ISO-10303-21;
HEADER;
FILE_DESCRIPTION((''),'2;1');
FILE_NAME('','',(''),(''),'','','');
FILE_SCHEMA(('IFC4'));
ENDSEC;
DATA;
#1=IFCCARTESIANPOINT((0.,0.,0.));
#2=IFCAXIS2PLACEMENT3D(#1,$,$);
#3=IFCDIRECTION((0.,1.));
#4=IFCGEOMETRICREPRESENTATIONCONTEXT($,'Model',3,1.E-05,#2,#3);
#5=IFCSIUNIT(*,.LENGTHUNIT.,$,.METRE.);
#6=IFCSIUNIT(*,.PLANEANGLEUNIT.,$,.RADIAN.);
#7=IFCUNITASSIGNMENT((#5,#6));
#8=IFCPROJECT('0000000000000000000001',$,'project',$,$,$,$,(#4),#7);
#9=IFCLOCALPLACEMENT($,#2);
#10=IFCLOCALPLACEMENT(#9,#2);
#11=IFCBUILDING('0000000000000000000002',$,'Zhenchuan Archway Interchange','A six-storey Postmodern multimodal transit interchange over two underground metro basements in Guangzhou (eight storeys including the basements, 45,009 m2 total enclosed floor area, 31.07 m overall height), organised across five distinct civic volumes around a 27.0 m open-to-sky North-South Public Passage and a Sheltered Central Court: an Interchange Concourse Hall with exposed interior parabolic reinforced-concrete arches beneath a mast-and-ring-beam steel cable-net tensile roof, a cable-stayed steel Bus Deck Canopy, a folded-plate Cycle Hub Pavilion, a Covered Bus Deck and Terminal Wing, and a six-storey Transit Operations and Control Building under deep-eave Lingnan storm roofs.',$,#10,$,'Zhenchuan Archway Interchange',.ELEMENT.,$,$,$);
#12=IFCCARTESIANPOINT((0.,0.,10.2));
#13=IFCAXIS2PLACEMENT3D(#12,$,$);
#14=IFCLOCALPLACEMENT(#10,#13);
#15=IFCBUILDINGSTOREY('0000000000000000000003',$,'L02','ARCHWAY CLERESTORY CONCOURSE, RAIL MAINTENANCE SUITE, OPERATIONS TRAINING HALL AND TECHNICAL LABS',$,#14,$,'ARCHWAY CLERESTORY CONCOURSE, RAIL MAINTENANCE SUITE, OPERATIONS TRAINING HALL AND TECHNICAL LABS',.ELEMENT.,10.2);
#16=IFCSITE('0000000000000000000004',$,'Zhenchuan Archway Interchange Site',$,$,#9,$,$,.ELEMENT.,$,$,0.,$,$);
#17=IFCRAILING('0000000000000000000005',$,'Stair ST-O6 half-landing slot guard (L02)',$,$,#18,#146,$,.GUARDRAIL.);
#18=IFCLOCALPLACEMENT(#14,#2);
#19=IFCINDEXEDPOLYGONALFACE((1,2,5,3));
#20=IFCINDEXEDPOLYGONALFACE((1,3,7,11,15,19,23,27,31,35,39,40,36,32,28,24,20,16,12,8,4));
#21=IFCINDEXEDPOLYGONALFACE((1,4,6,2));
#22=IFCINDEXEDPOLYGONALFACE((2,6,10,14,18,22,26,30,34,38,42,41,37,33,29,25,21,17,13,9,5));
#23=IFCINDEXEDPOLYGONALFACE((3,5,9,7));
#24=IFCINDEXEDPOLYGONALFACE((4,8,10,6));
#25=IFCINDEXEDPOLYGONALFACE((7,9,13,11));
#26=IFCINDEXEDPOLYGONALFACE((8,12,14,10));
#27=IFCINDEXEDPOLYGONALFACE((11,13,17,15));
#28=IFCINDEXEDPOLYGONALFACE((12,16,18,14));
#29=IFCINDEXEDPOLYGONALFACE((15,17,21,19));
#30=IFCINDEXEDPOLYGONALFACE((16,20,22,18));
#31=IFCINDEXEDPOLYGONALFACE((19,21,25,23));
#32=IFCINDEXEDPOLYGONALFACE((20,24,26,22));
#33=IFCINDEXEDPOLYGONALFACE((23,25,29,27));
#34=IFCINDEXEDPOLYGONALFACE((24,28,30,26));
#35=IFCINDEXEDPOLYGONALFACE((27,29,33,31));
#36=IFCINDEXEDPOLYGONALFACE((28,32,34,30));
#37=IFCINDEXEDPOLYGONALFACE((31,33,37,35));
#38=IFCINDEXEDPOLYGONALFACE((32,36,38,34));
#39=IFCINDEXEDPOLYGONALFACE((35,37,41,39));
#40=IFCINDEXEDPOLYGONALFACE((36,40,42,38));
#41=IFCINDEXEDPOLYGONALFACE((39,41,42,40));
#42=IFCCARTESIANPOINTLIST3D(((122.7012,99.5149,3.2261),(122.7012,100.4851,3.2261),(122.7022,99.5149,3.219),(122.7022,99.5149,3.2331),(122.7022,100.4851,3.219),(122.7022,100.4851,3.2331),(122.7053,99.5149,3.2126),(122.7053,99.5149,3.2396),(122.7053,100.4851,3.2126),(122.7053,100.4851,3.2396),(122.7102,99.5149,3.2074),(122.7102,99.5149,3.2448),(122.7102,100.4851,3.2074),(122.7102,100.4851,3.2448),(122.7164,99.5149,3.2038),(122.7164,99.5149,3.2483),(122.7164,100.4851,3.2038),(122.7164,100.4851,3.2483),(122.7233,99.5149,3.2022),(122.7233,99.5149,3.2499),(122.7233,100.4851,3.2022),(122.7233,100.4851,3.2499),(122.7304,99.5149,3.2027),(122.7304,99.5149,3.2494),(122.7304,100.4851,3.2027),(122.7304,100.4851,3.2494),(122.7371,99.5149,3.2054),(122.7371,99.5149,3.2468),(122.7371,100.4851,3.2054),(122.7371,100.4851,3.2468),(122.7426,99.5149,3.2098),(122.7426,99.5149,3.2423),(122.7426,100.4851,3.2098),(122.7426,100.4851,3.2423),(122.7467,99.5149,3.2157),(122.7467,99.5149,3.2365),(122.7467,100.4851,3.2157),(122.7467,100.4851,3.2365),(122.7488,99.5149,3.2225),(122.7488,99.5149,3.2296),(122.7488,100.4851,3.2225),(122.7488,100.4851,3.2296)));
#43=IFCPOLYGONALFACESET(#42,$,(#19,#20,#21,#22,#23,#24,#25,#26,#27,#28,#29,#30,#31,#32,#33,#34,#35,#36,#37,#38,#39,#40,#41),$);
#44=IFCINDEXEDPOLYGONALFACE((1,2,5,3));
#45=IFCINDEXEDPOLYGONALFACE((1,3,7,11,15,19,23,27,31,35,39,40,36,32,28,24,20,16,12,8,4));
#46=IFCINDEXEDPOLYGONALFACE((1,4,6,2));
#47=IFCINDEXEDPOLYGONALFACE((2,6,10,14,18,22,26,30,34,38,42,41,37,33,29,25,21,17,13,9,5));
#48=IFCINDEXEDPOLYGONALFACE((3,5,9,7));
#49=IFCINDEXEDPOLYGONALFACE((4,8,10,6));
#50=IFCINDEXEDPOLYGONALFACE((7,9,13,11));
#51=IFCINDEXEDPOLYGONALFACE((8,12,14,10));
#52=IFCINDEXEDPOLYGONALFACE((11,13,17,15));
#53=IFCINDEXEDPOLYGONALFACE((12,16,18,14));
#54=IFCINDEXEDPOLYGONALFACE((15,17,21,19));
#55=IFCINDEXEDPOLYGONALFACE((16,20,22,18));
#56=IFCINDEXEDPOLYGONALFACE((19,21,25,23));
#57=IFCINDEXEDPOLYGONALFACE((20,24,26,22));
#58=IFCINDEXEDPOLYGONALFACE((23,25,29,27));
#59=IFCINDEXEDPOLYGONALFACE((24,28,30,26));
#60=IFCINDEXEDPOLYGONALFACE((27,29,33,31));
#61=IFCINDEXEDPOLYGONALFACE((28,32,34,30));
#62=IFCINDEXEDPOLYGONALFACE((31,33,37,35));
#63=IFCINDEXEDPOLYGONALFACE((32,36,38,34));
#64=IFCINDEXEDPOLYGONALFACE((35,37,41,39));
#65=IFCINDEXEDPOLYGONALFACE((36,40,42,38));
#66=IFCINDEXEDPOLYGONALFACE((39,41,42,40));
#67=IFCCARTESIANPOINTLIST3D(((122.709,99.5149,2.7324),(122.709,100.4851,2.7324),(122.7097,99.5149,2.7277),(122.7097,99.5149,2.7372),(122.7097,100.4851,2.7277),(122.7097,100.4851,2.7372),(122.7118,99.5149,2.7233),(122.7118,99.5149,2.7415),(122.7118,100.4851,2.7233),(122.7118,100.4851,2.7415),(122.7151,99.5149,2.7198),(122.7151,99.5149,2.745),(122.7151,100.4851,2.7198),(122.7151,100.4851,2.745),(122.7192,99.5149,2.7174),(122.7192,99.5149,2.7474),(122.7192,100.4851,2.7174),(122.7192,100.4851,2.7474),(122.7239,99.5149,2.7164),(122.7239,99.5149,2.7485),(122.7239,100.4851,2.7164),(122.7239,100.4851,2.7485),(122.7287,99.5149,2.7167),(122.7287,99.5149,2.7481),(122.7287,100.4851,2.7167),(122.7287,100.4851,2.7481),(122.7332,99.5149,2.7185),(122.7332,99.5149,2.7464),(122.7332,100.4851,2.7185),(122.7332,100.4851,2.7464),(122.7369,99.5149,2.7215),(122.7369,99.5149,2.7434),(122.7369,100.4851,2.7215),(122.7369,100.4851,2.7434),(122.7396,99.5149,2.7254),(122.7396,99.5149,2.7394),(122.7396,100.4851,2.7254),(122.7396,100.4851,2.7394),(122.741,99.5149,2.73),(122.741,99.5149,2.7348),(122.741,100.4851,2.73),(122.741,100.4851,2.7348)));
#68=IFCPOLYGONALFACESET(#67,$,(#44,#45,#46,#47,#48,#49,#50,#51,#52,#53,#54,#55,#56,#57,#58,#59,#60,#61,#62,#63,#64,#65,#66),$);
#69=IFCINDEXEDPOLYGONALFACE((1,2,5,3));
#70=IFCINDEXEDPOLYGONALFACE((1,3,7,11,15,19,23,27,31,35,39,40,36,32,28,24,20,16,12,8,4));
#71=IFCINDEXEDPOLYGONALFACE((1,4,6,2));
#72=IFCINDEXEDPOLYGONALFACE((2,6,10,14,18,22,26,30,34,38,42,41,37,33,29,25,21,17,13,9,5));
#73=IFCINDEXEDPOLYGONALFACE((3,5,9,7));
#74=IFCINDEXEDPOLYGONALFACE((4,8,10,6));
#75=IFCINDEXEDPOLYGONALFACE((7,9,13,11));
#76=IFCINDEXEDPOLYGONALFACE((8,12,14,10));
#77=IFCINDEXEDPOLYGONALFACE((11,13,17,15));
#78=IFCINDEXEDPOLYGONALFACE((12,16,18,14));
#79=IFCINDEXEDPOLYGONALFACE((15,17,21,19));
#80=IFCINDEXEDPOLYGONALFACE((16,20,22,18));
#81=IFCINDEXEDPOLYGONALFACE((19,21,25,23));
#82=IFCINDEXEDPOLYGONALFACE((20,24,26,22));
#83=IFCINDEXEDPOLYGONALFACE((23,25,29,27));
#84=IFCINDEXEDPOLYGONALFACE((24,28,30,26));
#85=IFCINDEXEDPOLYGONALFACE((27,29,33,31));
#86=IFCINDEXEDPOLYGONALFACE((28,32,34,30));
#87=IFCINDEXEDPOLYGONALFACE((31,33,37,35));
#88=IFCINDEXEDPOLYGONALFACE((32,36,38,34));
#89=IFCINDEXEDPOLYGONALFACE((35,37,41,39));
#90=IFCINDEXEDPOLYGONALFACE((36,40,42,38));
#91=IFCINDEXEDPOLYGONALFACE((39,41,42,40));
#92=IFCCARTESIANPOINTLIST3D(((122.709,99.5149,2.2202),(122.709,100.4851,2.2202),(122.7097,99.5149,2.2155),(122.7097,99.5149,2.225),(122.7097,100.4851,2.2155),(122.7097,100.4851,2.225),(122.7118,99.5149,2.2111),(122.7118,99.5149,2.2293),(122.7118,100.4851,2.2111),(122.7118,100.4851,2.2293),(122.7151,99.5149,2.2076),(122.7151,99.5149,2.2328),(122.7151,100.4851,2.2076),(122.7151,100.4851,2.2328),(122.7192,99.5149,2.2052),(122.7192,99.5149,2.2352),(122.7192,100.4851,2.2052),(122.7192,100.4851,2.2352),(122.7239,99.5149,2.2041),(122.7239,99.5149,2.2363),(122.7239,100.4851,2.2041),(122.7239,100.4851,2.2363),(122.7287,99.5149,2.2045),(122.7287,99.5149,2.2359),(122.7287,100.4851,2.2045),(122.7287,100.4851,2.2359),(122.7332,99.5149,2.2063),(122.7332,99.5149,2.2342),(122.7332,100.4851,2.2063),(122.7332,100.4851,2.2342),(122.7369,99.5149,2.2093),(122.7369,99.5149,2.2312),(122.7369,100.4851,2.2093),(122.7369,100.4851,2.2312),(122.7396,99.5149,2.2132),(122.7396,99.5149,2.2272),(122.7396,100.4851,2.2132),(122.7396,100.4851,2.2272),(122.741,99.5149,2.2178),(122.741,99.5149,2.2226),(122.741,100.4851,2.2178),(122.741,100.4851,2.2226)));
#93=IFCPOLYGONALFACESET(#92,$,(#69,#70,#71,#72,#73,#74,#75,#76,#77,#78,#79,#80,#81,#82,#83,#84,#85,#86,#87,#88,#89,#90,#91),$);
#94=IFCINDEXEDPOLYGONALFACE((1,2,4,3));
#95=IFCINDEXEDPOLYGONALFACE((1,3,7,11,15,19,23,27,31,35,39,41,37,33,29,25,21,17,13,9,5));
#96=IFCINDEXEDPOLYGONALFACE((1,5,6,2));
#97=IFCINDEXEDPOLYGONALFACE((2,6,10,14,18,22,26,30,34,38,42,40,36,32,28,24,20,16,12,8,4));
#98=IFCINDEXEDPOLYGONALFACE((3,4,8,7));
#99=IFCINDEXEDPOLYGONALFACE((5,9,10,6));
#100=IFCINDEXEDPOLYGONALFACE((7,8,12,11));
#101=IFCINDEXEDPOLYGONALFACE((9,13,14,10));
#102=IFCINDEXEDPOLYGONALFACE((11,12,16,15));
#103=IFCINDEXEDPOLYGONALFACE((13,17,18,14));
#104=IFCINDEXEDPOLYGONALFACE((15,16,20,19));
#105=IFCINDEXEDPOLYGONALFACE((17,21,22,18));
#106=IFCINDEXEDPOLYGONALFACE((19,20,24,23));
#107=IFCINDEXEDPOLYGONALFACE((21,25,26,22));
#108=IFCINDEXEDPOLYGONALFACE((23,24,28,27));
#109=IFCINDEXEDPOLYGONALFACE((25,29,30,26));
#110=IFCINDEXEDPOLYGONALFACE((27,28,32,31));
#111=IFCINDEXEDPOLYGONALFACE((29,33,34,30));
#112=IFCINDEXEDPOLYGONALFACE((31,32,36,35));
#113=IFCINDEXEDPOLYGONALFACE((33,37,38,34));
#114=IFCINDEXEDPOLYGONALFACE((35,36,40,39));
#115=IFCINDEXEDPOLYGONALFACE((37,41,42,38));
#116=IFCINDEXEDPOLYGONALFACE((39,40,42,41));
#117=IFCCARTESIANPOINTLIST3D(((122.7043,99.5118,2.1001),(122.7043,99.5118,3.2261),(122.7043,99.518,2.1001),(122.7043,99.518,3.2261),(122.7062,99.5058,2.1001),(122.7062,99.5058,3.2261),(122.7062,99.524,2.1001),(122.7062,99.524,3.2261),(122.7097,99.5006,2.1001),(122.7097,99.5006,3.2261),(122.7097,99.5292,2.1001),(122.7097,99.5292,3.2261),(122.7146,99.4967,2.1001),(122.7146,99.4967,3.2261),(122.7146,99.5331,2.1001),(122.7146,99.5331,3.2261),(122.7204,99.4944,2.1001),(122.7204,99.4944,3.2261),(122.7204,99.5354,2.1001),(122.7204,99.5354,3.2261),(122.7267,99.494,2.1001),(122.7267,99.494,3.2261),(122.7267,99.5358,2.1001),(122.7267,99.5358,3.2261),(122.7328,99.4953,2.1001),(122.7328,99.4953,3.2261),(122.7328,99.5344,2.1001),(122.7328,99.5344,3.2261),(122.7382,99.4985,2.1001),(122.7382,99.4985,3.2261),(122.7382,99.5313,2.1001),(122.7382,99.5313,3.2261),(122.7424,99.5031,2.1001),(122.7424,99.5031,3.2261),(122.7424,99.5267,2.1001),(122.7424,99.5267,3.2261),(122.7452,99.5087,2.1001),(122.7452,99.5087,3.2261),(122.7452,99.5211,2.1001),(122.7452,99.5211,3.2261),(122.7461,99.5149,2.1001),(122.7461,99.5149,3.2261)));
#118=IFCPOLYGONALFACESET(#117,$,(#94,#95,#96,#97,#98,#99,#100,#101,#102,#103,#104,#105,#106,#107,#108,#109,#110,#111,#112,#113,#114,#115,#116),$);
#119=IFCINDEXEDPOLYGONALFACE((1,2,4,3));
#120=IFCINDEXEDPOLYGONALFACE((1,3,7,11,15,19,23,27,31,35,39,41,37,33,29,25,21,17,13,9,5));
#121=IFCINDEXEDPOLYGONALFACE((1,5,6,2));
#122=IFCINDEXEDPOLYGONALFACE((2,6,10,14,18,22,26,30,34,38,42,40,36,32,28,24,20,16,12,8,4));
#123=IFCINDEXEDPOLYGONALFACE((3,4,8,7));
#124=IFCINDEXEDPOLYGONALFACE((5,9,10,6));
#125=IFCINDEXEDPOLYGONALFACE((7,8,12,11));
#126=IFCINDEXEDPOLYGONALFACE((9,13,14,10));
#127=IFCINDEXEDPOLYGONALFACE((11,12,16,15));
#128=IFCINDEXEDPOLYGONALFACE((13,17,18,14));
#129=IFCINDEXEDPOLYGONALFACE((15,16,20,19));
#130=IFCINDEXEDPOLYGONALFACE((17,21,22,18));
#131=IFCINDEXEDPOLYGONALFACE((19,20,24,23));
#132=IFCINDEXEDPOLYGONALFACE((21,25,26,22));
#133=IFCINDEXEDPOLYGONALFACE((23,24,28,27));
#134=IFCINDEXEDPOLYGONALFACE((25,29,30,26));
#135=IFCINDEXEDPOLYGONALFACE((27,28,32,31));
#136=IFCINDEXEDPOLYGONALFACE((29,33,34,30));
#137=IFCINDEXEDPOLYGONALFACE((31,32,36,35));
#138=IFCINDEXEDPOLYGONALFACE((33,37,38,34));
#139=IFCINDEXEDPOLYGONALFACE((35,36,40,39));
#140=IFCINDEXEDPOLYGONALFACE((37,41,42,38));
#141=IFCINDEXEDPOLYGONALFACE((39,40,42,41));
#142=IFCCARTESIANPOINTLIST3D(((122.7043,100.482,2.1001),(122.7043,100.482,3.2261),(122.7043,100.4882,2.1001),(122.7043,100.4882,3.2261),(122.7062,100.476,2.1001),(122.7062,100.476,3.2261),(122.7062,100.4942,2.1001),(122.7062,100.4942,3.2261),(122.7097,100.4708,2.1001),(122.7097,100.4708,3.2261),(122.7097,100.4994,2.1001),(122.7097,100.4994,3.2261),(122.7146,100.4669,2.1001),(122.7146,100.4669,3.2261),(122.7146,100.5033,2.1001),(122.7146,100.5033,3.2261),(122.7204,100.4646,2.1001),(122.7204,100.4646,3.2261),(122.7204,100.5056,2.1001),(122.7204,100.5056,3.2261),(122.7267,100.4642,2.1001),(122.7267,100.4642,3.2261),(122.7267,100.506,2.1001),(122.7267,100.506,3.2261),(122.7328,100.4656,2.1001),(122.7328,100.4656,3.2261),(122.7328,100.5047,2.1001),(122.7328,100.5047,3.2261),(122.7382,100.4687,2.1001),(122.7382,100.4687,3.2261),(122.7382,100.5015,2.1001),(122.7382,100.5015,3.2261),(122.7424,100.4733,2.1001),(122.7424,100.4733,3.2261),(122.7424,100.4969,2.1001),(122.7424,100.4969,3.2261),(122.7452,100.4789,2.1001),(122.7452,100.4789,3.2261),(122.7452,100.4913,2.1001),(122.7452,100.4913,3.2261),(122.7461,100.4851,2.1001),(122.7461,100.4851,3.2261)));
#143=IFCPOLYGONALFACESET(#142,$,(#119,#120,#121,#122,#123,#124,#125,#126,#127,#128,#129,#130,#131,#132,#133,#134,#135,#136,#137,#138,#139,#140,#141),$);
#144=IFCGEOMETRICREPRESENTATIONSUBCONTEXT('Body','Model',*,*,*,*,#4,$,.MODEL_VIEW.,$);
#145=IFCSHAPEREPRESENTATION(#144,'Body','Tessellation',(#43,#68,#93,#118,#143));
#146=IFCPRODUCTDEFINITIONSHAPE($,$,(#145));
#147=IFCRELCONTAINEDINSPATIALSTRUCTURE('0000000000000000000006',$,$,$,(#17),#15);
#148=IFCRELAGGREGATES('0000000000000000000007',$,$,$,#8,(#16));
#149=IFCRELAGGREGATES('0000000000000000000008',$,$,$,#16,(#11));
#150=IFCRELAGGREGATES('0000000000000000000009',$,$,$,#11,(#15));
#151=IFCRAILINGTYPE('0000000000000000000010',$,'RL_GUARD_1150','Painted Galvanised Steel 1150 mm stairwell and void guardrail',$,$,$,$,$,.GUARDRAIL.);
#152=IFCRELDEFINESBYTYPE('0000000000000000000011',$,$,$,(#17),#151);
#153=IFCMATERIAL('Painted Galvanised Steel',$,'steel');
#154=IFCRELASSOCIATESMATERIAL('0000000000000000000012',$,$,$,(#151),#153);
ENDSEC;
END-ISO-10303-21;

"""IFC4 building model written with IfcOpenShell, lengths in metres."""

from ifc_helpers import new_model, si_unit, direction, frame, origin, origin_2d, place, context, subcontext, project, spatial, circle, extrude, material, type_object, element, save


model = new_model("IFC4")

# Units and contexts
model_context = context("Model", 3, precision=1e-05, world=origin(), true_north=direction((0.0, 1.0)))
body_context = subcontext(model_context, "Body", "Model", "MODEL_VIEW")
ifc_project = project(units=[si_unit("LENGTHUNIT", "METRE"), si_unit("PLANEANGLEUNIT", "RADIAN")], contexts=[model_context])

# Site, building, storey
site_placement = place(None, origin())
site = spatial("IfcSite", under=ifc_project, at=site_placement, Name="Zhenchuan Archway Interchange Site", CompositionType="ELEMENT", RefElevation=0.0)
building_placement = place(site_placement, origin())
building = spatial("IfcBuilding", under=site, at=building_placement, Name="Zhenchuan Archway Interchange", Description="A six-storey Postmodern multimodal transit interchange over two underground metro basements in Guangzhou (eight storeys including the basements, 45,009 m2 total enclosed floor area, 31.07 m overall height), organised across five distinct civic volumes around a 27.0 m open-to-sky North-South Public Passage and a Sheltered Central Court: an Interchange Concourse Hall with exposed interior parabolic reinforced-concrete arches beneath a mast-and-ring-beam steel cable-net tensile roof, a cable-stayed steel Bus Deck Canopy, a folded-plate Cycle Hub Pavilion, a Covered Bus Deck and Terminal Wing, and a six-storey Transit Operations and Control Building under deep-eave Lingnan storm roofs.", LongName="Zhenchuan Archway Interchange", CompositionType="ELEMENT")
storey_placement = place(building_placement, frame((0.0, 0.0, 10.2)))
storey = spatial("IfcBuildingStorey", under=building, at=storey_placement, Name="L02", Description="ARCHWAY CLERESTORY CONCOURSE, RAIL MAINTENANCE SUITE, OPERATIONS TRAINING HALL AND TECHNICAL LABS", LongName="ARCHWAY CLERESTORY CONCOURSE, RAIL MAINTENANCE SUITE, OPERATIONS TRAINING HALL AND TECHNICAL LABS", CompositionType="ELEMENT", Elevation=10.2)

# Railing
ifc_material_1 = material(Name="Painted Galvanised Steel", Category="steel")
railing_type_1 = type_object("IfcRailingType", Name="RL_GUARD_1150", Description="Painted Galvanised Steel 1150 mm stairwell and void guardrail", PredefinedType="GUARDRAIL", material=ifc_material_1)
railing_placement = place(storey_placement, frame((122.7251, 99.5149, 2.1001)))
element("IfcRailing", 1, at=railing_placement, inside=storey, type_object=railing_type_1, Name="Stair ST-O6 half-landing slot guard (L02)", PredefinedType="GUARDRAIL", context=body_context, shape_type="SweptSolid", body=[
    extrude(circle(Radius=0.0239, at=origin_2d()), frame((0.0, 0.0, 1.126), z_axis=(0.0, 1.0, 0.0), x_axis=(-1.0, 0.0, 0.0)), (0.0, 0.0, 1.0), 0.9702),
    extrude(circle(Radius=0.0161, at=origin_2d()), frame((0.0, 0.0, 0.6323), z_axis=(0.0, 1.0, 0.0), x_axis=(-1.0, 0.0, 0.0)), (0.0, 0.0, 1.0), 0.9702),
    extrude(circle(Radius=0.0161, at=origin_2d()), frame((0.0, 0.0, 0.1201), z_axis=(0.0, 1.0, 0.0), x_axis=(-1.0, 0.0, 0.0)), (0.0, 0.0, 1.0), 0.9702),
    extrude(circle(Radius=0.021, at=origin_2d()), origin(), (0.0, 0.0, 1.0), 1.126),
    extrude(circle(Radius=0.021, at=origin_2d()), frame((0.0, 0.9702, 0.0)), (0.0, 0.0, 1.0), 1.126),
])

save(model, "model.ifc")
